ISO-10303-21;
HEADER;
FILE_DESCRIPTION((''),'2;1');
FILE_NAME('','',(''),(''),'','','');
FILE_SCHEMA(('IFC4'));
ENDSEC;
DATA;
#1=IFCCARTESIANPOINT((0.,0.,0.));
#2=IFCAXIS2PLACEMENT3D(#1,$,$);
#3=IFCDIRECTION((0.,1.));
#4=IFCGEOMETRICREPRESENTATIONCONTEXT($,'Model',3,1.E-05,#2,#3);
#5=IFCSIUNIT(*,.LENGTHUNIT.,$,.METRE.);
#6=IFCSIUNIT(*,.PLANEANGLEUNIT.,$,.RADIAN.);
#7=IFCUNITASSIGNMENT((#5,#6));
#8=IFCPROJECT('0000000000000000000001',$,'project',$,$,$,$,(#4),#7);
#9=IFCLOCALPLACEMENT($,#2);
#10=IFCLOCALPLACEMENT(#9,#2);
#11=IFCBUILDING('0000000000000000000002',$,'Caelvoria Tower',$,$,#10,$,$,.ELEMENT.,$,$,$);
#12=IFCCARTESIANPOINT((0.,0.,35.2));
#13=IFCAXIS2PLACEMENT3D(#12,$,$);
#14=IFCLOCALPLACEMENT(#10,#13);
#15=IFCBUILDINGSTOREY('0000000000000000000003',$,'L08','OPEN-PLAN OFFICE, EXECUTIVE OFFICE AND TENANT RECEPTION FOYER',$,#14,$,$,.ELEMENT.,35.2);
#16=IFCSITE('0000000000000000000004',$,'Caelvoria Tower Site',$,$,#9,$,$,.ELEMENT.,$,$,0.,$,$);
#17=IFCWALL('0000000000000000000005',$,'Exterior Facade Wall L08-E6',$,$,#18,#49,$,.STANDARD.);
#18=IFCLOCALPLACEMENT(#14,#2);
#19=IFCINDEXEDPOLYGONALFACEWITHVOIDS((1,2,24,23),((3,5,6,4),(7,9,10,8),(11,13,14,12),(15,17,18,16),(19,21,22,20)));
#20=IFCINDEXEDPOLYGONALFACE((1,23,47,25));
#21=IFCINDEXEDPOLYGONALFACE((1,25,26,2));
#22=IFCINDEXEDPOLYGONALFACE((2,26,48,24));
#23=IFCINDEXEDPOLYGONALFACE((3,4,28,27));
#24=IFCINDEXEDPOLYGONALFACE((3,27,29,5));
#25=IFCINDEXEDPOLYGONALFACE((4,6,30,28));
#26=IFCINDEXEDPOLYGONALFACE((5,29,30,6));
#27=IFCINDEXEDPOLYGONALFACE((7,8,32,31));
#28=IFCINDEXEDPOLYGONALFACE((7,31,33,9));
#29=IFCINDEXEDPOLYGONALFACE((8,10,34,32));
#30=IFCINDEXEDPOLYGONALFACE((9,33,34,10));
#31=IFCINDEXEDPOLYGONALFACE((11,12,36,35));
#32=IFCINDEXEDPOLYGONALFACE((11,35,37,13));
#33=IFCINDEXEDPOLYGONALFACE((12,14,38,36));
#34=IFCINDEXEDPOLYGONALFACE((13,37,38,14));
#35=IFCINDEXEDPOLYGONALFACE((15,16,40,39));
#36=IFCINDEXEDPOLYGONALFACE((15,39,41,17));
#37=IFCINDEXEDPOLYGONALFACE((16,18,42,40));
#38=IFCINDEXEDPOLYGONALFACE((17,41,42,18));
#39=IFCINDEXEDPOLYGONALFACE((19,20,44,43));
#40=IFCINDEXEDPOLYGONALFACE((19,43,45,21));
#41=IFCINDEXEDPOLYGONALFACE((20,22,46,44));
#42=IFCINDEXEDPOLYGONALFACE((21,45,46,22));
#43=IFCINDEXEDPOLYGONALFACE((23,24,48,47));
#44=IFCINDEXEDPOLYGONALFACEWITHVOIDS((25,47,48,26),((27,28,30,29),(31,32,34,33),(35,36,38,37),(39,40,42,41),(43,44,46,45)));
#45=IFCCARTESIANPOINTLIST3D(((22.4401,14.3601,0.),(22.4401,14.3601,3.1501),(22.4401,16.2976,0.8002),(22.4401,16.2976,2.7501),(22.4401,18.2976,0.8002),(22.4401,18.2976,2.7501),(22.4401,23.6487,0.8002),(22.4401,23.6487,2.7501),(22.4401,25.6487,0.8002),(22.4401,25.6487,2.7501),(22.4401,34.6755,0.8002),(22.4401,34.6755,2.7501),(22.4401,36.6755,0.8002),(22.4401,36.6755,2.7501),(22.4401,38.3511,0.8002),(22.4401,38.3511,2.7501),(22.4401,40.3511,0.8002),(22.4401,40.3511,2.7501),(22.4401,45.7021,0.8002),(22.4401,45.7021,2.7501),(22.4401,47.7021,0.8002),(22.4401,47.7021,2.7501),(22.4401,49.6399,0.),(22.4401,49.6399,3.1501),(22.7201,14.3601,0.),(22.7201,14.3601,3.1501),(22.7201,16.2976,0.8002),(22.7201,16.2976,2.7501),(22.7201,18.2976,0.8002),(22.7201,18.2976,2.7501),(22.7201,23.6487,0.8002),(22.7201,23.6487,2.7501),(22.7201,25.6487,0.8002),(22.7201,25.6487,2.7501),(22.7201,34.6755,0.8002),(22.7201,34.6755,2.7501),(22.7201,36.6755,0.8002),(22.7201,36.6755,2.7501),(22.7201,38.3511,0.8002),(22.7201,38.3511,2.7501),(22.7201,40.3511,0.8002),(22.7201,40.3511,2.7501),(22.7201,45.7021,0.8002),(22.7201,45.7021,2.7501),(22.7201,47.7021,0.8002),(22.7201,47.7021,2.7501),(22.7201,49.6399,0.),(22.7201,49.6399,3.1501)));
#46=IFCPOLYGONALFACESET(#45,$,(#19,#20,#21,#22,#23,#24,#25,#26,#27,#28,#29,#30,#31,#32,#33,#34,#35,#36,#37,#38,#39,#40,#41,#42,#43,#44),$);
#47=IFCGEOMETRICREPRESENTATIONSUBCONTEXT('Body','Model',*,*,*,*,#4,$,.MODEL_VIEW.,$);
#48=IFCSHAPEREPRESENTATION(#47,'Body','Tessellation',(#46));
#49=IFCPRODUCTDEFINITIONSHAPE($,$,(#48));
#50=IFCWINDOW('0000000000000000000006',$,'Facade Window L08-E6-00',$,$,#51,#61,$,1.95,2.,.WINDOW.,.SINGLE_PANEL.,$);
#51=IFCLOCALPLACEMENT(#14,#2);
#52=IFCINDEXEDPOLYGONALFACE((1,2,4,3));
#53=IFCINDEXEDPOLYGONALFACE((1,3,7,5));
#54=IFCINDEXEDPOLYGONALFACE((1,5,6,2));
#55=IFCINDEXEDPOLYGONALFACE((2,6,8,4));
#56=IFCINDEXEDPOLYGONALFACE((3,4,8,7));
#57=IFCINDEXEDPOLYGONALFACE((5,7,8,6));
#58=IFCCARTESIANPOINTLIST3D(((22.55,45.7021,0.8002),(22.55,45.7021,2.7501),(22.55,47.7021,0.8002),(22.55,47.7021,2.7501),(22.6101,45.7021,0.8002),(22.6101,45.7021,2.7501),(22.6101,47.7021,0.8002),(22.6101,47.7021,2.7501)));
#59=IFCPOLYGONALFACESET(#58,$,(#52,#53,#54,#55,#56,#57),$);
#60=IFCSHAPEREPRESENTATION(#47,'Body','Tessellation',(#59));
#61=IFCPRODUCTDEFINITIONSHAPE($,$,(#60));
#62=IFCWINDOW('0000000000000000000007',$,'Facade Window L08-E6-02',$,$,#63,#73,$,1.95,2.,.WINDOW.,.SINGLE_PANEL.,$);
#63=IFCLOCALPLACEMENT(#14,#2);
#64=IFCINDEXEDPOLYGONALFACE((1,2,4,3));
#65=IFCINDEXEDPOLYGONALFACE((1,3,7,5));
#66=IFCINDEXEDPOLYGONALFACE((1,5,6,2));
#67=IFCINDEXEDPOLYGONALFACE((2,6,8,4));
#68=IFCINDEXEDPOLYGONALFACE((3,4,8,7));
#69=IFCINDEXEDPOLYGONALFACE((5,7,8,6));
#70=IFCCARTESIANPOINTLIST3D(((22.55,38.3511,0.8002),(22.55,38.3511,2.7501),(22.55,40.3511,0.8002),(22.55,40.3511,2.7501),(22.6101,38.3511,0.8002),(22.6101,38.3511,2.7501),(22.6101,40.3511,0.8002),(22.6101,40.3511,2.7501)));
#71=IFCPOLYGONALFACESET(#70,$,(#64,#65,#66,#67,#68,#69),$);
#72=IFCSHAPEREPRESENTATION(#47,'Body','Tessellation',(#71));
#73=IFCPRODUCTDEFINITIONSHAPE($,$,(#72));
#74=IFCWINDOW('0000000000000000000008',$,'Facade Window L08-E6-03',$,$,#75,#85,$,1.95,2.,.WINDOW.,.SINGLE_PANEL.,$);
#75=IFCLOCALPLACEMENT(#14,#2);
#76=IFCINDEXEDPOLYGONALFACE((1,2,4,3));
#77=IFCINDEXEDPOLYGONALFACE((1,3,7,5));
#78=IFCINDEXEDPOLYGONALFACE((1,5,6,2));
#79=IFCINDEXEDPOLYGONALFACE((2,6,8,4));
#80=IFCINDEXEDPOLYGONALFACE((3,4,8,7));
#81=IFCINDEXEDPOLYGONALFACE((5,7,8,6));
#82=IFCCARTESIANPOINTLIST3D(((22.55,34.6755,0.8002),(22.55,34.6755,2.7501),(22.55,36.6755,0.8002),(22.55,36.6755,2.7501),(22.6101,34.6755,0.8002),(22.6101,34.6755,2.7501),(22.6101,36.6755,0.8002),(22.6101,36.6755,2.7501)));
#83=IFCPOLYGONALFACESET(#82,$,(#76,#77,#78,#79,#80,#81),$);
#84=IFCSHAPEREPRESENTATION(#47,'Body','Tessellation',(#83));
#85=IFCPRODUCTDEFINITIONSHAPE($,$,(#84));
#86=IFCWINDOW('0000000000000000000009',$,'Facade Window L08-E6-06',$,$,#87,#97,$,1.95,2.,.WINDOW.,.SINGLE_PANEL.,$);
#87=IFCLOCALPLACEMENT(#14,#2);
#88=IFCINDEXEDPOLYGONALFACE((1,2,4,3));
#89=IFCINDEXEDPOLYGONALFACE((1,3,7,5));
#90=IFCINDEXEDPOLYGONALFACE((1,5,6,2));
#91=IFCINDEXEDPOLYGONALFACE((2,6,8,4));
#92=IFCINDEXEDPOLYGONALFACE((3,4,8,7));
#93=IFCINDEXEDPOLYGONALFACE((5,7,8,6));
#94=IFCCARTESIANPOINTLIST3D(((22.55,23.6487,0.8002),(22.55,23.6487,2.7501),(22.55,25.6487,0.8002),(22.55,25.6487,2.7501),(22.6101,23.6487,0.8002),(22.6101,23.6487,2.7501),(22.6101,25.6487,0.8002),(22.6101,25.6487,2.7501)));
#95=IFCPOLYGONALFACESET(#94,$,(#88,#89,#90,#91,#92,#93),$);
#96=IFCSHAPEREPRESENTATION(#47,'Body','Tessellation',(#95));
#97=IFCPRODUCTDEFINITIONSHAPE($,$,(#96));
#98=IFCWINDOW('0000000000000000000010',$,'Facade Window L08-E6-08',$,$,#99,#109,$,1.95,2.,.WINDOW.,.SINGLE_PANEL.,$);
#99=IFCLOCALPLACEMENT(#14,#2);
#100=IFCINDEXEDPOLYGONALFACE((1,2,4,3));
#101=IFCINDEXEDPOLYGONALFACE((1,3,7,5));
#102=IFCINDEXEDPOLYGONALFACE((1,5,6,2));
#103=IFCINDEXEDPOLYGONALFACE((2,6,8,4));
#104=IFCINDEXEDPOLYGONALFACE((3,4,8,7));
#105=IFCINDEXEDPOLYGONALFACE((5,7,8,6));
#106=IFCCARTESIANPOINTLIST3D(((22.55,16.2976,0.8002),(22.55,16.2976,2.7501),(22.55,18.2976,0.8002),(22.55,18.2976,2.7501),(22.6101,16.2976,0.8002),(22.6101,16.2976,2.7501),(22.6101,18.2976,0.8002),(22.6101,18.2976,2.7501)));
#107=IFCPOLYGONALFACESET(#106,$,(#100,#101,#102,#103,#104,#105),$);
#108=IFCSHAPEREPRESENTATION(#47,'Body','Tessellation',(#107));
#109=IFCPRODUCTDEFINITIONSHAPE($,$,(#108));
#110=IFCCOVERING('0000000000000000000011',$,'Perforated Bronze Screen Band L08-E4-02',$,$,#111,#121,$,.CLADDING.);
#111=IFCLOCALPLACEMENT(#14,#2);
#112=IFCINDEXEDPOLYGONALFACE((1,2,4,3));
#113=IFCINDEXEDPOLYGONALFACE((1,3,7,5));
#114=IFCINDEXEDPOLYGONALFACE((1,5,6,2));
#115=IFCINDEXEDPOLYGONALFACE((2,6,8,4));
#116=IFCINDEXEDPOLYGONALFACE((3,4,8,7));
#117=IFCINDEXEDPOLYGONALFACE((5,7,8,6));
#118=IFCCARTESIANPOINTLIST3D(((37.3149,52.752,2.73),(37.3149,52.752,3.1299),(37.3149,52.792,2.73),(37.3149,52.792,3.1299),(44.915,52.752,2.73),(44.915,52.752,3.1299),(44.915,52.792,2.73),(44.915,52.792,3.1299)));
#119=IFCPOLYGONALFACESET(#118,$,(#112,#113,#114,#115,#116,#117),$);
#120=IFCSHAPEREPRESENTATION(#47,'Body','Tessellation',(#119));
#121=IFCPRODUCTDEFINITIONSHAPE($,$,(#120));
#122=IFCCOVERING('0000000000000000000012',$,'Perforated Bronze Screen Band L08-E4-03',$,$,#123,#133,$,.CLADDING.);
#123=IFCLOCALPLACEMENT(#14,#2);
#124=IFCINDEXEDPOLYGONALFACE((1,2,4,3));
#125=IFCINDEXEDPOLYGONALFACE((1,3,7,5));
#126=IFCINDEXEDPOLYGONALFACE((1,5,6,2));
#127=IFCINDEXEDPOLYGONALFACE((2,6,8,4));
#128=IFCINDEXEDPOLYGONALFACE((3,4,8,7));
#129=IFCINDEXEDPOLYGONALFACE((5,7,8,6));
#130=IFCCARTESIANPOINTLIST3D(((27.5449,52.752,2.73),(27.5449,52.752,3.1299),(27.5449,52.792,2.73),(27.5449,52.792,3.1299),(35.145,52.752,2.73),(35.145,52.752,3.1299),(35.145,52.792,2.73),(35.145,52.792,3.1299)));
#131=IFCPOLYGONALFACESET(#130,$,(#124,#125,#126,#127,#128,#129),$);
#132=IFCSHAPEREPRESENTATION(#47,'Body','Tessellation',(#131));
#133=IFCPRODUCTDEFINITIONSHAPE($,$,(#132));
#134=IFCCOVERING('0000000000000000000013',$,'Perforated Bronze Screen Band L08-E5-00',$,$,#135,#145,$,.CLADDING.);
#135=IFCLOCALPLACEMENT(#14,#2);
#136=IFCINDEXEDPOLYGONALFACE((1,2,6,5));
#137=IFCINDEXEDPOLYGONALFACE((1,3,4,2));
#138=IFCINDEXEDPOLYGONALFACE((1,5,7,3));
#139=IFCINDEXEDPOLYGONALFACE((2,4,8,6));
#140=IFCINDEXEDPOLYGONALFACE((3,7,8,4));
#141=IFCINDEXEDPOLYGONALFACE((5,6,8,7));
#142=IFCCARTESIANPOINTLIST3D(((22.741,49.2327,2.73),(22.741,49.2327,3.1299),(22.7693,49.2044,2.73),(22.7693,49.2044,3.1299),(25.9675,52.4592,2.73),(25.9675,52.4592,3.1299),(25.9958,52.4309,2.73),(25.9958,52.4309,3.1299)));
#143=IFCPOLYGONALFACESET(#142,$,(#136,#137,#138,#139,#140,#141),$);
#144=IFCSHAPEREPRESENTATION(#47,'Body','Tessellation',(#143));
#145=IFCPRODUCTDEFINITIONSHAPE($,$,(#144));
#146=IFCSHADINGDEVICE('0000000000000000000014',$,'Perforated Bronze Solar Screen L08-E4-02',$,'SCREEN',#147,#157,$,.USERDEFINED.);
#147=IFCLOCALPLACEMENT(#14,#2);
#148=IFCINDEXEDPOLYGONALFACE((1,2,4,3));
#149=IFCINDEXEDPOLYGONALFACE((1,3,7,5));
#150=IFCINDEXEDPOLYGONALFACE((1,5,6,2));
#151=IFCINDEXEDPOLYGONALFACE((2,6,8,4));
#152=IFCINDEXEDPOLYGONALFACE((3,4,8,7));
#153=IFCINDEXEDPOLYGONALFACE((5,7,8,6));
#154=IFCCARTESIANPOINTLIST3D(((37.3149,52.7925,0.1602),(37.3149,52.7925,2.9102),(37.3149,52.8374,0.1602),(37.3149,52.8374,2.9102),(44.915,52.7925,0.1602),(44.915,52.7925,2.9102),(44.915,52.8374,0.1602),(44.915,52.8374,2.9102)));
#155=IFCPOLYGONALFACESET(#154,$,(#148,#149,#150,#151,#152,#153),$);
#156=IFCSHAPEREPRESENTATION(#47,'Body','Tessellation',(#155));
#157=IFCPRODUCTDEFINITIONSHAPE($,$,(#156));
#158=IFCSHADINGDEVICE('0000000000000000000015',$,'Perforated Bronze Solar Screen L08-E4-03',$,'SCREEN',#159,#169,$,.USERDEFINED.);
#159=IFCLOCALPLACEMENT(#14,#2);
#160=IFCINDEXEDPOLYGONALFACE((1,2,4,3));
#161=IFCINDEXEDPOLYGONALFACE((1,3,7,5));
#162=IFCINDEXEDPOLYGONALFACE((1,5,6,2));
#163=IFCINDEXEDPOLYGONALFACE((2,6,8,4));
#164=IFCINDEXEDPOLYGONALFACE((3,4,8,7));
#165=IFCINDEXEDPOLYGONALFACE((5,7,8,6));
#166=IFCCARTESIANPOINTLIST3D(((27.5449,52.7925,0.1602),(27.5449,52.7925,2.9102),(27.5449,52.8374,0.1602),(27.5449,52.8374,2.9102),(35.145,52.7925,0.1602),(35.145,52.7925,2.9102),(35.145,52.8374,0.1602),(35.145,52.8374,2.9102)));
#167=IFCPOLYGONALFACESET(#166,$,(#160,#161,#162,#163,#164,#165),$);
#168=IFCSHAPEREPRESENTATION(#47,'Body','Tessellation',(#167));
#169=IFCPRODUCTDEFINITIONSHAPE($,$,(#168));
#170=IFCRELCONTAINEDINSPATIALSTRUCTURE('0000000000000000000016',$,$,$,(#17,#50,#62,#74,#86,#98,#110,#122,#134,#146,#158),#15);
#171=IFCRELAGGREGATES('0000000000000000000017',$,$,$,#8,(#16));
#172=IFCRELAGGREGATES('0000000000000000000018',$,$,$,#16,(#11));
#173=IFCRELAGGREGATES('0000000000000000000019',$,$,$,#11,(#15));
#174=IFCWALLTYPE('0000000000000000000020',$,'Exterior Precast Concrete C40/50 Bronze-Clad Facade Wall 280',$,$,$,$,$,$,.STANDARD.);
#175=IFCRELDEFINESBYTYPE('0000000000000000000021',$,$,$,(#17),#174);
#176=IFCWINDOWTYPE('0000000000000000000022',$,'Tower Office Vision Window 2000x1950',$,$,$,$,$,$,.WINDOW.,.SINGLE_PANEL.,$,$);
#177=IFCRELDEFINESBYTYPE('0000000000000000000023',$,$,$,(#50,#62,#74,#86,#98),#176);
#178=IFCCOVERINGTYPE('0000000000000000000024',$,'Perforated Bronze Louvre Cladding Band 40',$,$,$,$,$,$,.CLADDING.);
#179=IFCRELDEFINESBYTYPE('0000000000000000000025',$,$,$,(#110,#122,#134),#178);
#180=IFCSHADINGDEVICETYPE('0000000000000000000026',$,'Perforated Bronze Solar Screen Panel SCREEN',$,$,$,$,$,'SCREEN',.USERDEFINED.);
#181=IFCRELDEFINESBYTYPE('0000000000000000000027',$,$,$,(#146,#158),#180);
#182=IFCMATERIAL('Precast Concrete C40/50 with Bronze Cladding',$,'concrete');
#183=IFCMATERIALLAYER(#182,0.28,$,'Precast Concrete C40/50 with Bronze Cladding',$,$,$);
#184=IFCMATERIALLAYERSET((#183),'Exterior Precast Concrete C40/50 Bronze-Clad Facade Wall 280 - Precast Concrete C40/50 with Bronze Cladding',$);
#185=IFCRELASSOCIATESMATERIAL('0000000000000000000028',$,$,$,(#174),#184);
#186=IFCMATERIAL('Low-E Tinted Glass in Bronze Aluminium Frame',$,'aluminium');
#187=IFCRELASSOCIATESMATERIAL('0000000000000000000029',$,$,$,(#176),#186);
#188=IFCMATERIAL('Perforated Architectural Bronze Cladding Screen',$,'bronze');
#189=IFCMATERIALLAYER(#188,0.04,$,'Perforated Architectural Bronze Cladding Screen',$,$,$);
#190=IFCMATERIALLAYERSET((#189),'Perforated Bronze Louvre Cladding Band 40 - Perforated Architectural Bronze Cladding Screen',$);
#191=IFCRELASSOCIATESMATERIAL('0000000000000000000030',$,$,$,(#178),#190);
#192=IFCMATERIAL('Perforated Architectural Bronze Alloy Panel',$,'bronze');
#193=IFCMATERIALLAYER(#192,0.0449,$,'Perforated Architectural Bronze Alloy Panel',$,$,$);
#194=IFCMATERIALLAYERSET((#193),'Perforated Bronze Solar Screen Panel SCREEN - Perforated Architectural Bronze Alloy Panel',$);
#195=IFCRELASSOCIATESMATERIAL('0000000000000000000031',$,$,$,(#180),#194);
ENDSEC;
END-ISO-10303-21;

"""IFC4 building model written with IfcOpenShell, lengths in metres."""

from ifc_helpers import new_model, si_unit, direction, frame, frame_2d, origin, origin_2d, place, context, subcontext, project, spatial, rectangle, extrude, material, layer, layer_set, type_object, element, fill, save


model = new_model("IFC4")

# Units and contexts
model_context = context("Model", 3, precision=1e-05, world=origin(), true_north=direction((0.0, 1.0)))
body_context = subcontext(model_context, "Body", "Model", "MODEL_VIEW")
ifc_project = project(units=[si_unit("LENGTHUNIT", "METRE"), si_unit("PLANEANGLEUNIT", "RADIAN")], contexts=[model_context])

# Site, building, storey
site_placement = place(None, origin())
site = spatial("IfcSite", under=ifc_project, at=site_placement, Name="Caelvoria Tower Site", CompositionType="ELEMENT", RefElevation=0.0)
building_placement = place(site_placement, origin())
building = spatial("IfcBuilding", under=site, at=building_placement, Name="Caelvoria Tower", CompositionType="ELEMENT")
storey_placement = place(building_placement, frame((0.0, 0.0, 35.2)))
storey = spatial("IfcBuildingStorey", under=building, at=storey_placement, Name="L08", Description="OPEN-PLAN OFFICE, EXECUTIVE OFFICE AND TENANT RECEPTION FOYER", CompositionType="ELEMENT", Elevation=35.2)

# Shared definitions
ifc_material_1 = material(Name="Precast Concrete C40/50 with Bronze Cladding", Category="concrete")
ifc_layer_1 = layer(ifc_material_1, 0.28, Name="Precast Concrete C40/50 with Bronze Cladding")
ifc_layer_set_1 = layer_set([ifc_layer_1], Name="Exterior Precast Concrete C40/50 Bronze-Clad Facade Wall 280 - Precast Concrete C40/50 with Bronze Cladding")
wall_type = type_object("IfcWallType", Name="Exterior Precast Concrete C40/50 Bronze-Clad Facade Wall 280", PredefinedType="STANDARD", material=ifc_layer_set_1)

# Wall, openings, windows
wall_1_placement = place(storey_placement, frame((22.5801, 49.6399, 0.0), z_axis=(0.0, 0.0, 1.0), x_axis=(0.0, -1.0, 0.0)))
wall_1 = element("IfcWall", 1, at=wall_1_placement, inside=storey, type_object=wall_type, Name="Exterior Facade Wall L08-E6", PredefinedType="STANDARD", context=body_context, shape_type="SweptSolid", body=[
    extrude(rectangle(XDim=35.2798, YDim=0.28, at=frame_2d((17.6399, 0.0))), origin(), (0.0, 0.0, 1.0), 3.1501),
])
opening_1_placement = place(wall_1_placement, frame((1.9377, 0.0, 0.8)))
opening_1 = element("IfcOpeningElement", 2, at=opening_1_placement, cuts=wall_1, PredefinedType="OPENING", context=body_context, shape_type="SweptSolid", body=[
    extrude(rectangle(XDim=2.0, YDim=1.95, at=frame_2d((1.0, 0.9751))), frame((0.0, 0.1499, 0.0), z_axis=(0.0, -1.0, 0.0), x_axis=(1.0, 0.0, 0.0)), (0.0, 0.0, 1.0), 0.3),
])
opening_2_placement = place(wall_1_placement, frame((9.2888, 0.0, 0.8)))
opening_2 = element("IfcOpeningElement", 3, at=opening_2_placement, cuts=wall_1, PredefinedType="OPENING", context=body_context, shape_type="SweptSolid", body=[
    extrude(rectangle(XDim=2.0, YDim=1.95, at=frame_2d((1.0, 0.9751))), frame((0.0, 0.1499, 0.0), z_axis=(0.0, -1.0, 0.0), x_axis=(1.0, 0.0, 0.0)), (0.0, 0.0, 1.0), 0.3),
])
opening_3_placement = place(wall_1_placement, frame((12.9644, 0.0, 0.8)))
opening_3 = element("IfcOpeningElement", 4, at=opening_3_placement, cuts=wall_1, PredefinedType="OPENING", context=body_context, shape_type="SweptSolid", body=[
    extrude(rectangle(XDim=2.0, YDim=1.95, at=frame_2d((1.0, 0.9751))), frame((0.0, 0.1499, 0.0), z_axis=(0.0, -1.0, 0.0), x_axis=(1.0, 0.0, 0.0)), (0.0, 0.0, 1.0), 0.3),
])
opening_4_placement = place(wall_1_placement, frame((23.9912, 0.0, 0.8)))
opening_4 = element("IfcOpeningElement", 5, at=opening_4_placement, cuts=wall_1, PredefinedType="OPENING", context=body_context, shape_type="SweptSolid", body=[
    extrude(rectangle(XDim=2.0, YDim=1.95, at=frame_2d((1.0, 0.9751))), frame((0.0, 0.1499, 0.0), z_axis=(0.0, -1.0, 0.0), x_axis=(1.0, 0.0, 0.0)), (0.0, 0.0, 1.0), 0.3),
])
opening_5_placement = place(wall_1_placement, frame((31.3423, 0.0, 0.8)))
opening_5 = element("IfcOpeningElement", 6, at=opening_5_placement, cuts=wall_1, PredefinedType="OPENING", context=body_context, shape_type="SweptSolid", body=[
    extrude(rectangle(XDim=2.0, YDim=1.95, at=frame_2d((1.0, 0.9751))), frame((0.0, 0.1499, 0.0), z_axis=(0.0, -1.0, 0.0), x_axis=(1.0, 0.0, 0.0)), (0.0, 0.0, 1.0), 0.3),
])
ifc_material_2 = material(Name="Low-E Tinted Glass in Bronze Aluminium Frame", Category="aluminium")
window_type = type_object("IfcWindowType", Name="Tower Office Vision Window 2000x1950", PartitioningType="SINGLE_PANEL", PredefinedType="WINDOW", material=ifc_material_2)
window_1_placement = place(opening_1_placement, origin())
window_1 = element("IfcWindow", 7, at=window_1_placement, inside=storey, type_object=window_type, Name="Facade Window L08-E6-00", OverallHeight=1.95, OverallWidth=2.0, PartitioningType="SINGLE_PANEL", PredefinedType="WINDOW", context=body_context, shape_type="SweptSolid", body=[
    extrude(rectangle(XDim=2.0, YDim=1.95, at=frame_2d((1.0, 0.9751))), frame((0.0, 0.03, 0.0), z_axis=(0.0, -1.0, 0.0), x_axis=(1.0, 0.0, 0.0)), (0.0, 0.0, 1.0), 0.0601),
])
fill(opening_1, window_1)
window_2_placement = place(opening_2_placement, origin())
window_2 = element("IfcWindow", 8, at=window_2_placement, inside=storey, type_object=window_type, Name="Facade Window L08-E6-02", OverallHeight=1.95, OverallWidth=2.0, PartitioningType="SINGLE_PANEL", PredefinedType="WINDOW", context=body_context, shape_type="SweptSolid", body=[
    extrude(rectangle(XDim=2.0, YDim=1.95, at=frame_2d((1.0, 0.9751))), frame((0.0, 0.03, 0.0), z_axis=(0.0, -1.0, 0.0), x_axis=(1.0, 0.0, 0.0)), (0.0, 0.0, 1.0), 0.0601),
])
fill(opening_2, window_2)
window_3_placement = place(opening_3_placement, origin())
window_3 = element("IfcWindow", 9, at=window_3_placement, inside=storey, type_object=window_type, Name="Facade Window L08-E6-03", OverallHeight=1.95, OverallWidth=2.0, PartitioningType="SINGLE_PANEL", PredefinedType="WINDOW", context=body_context, shape_type="SweptSolid", body=[
    extrude(rectangle(XDim=2.0, YDim=1.95, at=frame_2d((1.0, 0.9751))), frame((0.0, 0.03, 0.0), z_axis=(0.0, -1.0, 0.0), x_axis=(1.0, 0.0, 0.0)), (0.0, 0.0, 1.0), 0.0601),
])
fill(opening_3, window_3)
window_4_placement = place(opening_4_placement, origin())
window_4 = element("IfcWindow", 10, at=window_4_placement, inside=storey, type_object=window_type, Name="Facade Window L08-E6-06", OverallHeight=1.95, OverallWidth=2.0, PartitioningType="SINGLE_PANEL", PredefinedType="WINDOW", context=body_context, shape_type="SweptSolid", body=[
    extrude(rectangle(XDim=2.0, YDim=1.95, at=frame_2d((1.0, 0.9751))), frame((0.0, 0.03, 0.0), z_axis=(0.0, -1.0, 0.0), x_axis=(1.0, 0.0, 0.0)), (0.0, 0.0, 1.0), 0.0601),
])
fill(opening_4, window_4)
window_5_placement = place(opening_5_placement, origin())
window_5 = element("IfcWindow", 11, at=window_5_placement, inside=storey, type_object=window_type, Name="Facade Window L08-E6-08", OverallHeight=1.95, OverallWidth=2.0, PartitioningType="SINGLE_PANEL", PredefinedType="WINDOW", context=body_context, shape_type="SweptSolid", body=[
    extrude(rectangle(XDim=2.0, YDim=1.95, at=frame_2d((1.0, 0.9751))), frame((0.0, 0.03, 0.0), z_axis=(0.0, -1.0, 0.0), x_axis=(1.0, 0.0, 0.0)), (0.0, 0.0, 1.0), 0.0601),
])
fill(opening_5, window_5)

# Coverings
ifc_material_3 = material(Name="Perforated Architectural Bronze Cladding Screen", Category="bronze")
ifc_layer_2 = layer(ifc_material_3, 0.04, Name="Perforated Architectural Bronze Cladding Screen")
ifc_layer_set_2 = layer_set([ifc_layer_2], Name="Perforated Bronze Louvre Cladding Band 40 - Perforated Architectural Bronze Cladding Screen")
covering_type = type_object("IfcCoveringType", Name="Perforated Bronze Louvre Cladding Band 40", PredefinedType="CLADDING", material=ifc_layer_set_2)
for number, where, z_axis, x_axis, name in (
    (12, (41.115, 52.772, 2.73), (0.0, 0.0, 1.0), (-1.0, 0.0, 0.0), "Perforated Bronze Screen Band L08-E4-02"),
    (13, (31.345, 52.772, 2.73), (0.0, 0.0, 1.0), (-1.0, 0.0, 0.0), "Perforated Bronze Screen Band L08-E4-03"),
):
    element("IfcCovering", number, at=place(storey_placement, frame(where, z_axis=z_axis, x_axis=x_axis)), inside=storey, type_object=covering_type, Name=name, PredefinedType="CLADDING", context=body_context, shape_type="SweptSolid", body=[
        extrude(rectangle(XDim=7.6001, YDim=0.04, at=origin_2d()), origin(), (0.0, 0.0, 1.0), 0.3999),
    ])
covering_placement = place(storey_placement, frame((24.3684, 50.8318, 2.73), z_axis=(0.0, 0.0, 1.0), x_axis=(-0.707107, -0.707107, 0.0)))
element("IfcCovering", 14, at=covering_placement, inside=storey, type_object=covering_type, Name="Perforated Bronze Screen Band L08-E5-00", PredefinedType="CLADDING", context=body_context, shape_type="SweptSolid", body=[
    extrude(rectangle(XDim=4.563, YDim=0.04, at=origin_2d()), origin(), (0.0, 0.0, 1.0), 0.3999),
])

# Shading devices
ifc_material_4 = material(Name="Perforated Architectural Bronze Alloy Panel", Category="bronze")
ifc_layer_3 = layer(ifc_material_4, 0.0449, Name="Perforated Architectural Bronze Alloy Panel")
ifc_layer_set_3 = layer_set([ifc_layer_3], Name="Perforated Bronze Solar Screen Panel SCREEN - Perforated Architectural Bronze Alloy Panel")
shading_device_type = type_object("IfcShadingDeviceType", Name="Perforated Bronze Solar Screen Panel SCREEN", ElementType="SCREEN", PredefinedType="USERDEFINED", material=ifc_layer_set_3)
for number, where, z_axis, x_axis, name in (
    (15, (41.115, 52.8149, 0.1602), (0.0, 0.0, 1.0), (-1.0, 0.0, 0.0), "Perforated Bronze Solar Screen L08-E4-02"),
    (16, (31.345, 52.8149, 0.1602), (0.0, 0.0, 1.0), (-1.0, 0.0, 0.0), "Perforated Bronze Solar Screen L08-E4-03"),
):
    element("IfcShadingDevice", number, at=place(storey_placement, frame(where, z_axis=z_axis, x_axis=x_axis)), inside=storey, type_object=shading_device_type, Name=name, ObjectType="SCREEN", PredefinedType="USERDEFINED", context=body_context, shape_type="SweptSolid", body=[
        extrude(rectangle(XDim=7.6001, YDim=0.0449, at=origin_2d()), origin(), (0.0, 0.0, 1.0), 2.75),
    ])

save(model, "model.ifc")
